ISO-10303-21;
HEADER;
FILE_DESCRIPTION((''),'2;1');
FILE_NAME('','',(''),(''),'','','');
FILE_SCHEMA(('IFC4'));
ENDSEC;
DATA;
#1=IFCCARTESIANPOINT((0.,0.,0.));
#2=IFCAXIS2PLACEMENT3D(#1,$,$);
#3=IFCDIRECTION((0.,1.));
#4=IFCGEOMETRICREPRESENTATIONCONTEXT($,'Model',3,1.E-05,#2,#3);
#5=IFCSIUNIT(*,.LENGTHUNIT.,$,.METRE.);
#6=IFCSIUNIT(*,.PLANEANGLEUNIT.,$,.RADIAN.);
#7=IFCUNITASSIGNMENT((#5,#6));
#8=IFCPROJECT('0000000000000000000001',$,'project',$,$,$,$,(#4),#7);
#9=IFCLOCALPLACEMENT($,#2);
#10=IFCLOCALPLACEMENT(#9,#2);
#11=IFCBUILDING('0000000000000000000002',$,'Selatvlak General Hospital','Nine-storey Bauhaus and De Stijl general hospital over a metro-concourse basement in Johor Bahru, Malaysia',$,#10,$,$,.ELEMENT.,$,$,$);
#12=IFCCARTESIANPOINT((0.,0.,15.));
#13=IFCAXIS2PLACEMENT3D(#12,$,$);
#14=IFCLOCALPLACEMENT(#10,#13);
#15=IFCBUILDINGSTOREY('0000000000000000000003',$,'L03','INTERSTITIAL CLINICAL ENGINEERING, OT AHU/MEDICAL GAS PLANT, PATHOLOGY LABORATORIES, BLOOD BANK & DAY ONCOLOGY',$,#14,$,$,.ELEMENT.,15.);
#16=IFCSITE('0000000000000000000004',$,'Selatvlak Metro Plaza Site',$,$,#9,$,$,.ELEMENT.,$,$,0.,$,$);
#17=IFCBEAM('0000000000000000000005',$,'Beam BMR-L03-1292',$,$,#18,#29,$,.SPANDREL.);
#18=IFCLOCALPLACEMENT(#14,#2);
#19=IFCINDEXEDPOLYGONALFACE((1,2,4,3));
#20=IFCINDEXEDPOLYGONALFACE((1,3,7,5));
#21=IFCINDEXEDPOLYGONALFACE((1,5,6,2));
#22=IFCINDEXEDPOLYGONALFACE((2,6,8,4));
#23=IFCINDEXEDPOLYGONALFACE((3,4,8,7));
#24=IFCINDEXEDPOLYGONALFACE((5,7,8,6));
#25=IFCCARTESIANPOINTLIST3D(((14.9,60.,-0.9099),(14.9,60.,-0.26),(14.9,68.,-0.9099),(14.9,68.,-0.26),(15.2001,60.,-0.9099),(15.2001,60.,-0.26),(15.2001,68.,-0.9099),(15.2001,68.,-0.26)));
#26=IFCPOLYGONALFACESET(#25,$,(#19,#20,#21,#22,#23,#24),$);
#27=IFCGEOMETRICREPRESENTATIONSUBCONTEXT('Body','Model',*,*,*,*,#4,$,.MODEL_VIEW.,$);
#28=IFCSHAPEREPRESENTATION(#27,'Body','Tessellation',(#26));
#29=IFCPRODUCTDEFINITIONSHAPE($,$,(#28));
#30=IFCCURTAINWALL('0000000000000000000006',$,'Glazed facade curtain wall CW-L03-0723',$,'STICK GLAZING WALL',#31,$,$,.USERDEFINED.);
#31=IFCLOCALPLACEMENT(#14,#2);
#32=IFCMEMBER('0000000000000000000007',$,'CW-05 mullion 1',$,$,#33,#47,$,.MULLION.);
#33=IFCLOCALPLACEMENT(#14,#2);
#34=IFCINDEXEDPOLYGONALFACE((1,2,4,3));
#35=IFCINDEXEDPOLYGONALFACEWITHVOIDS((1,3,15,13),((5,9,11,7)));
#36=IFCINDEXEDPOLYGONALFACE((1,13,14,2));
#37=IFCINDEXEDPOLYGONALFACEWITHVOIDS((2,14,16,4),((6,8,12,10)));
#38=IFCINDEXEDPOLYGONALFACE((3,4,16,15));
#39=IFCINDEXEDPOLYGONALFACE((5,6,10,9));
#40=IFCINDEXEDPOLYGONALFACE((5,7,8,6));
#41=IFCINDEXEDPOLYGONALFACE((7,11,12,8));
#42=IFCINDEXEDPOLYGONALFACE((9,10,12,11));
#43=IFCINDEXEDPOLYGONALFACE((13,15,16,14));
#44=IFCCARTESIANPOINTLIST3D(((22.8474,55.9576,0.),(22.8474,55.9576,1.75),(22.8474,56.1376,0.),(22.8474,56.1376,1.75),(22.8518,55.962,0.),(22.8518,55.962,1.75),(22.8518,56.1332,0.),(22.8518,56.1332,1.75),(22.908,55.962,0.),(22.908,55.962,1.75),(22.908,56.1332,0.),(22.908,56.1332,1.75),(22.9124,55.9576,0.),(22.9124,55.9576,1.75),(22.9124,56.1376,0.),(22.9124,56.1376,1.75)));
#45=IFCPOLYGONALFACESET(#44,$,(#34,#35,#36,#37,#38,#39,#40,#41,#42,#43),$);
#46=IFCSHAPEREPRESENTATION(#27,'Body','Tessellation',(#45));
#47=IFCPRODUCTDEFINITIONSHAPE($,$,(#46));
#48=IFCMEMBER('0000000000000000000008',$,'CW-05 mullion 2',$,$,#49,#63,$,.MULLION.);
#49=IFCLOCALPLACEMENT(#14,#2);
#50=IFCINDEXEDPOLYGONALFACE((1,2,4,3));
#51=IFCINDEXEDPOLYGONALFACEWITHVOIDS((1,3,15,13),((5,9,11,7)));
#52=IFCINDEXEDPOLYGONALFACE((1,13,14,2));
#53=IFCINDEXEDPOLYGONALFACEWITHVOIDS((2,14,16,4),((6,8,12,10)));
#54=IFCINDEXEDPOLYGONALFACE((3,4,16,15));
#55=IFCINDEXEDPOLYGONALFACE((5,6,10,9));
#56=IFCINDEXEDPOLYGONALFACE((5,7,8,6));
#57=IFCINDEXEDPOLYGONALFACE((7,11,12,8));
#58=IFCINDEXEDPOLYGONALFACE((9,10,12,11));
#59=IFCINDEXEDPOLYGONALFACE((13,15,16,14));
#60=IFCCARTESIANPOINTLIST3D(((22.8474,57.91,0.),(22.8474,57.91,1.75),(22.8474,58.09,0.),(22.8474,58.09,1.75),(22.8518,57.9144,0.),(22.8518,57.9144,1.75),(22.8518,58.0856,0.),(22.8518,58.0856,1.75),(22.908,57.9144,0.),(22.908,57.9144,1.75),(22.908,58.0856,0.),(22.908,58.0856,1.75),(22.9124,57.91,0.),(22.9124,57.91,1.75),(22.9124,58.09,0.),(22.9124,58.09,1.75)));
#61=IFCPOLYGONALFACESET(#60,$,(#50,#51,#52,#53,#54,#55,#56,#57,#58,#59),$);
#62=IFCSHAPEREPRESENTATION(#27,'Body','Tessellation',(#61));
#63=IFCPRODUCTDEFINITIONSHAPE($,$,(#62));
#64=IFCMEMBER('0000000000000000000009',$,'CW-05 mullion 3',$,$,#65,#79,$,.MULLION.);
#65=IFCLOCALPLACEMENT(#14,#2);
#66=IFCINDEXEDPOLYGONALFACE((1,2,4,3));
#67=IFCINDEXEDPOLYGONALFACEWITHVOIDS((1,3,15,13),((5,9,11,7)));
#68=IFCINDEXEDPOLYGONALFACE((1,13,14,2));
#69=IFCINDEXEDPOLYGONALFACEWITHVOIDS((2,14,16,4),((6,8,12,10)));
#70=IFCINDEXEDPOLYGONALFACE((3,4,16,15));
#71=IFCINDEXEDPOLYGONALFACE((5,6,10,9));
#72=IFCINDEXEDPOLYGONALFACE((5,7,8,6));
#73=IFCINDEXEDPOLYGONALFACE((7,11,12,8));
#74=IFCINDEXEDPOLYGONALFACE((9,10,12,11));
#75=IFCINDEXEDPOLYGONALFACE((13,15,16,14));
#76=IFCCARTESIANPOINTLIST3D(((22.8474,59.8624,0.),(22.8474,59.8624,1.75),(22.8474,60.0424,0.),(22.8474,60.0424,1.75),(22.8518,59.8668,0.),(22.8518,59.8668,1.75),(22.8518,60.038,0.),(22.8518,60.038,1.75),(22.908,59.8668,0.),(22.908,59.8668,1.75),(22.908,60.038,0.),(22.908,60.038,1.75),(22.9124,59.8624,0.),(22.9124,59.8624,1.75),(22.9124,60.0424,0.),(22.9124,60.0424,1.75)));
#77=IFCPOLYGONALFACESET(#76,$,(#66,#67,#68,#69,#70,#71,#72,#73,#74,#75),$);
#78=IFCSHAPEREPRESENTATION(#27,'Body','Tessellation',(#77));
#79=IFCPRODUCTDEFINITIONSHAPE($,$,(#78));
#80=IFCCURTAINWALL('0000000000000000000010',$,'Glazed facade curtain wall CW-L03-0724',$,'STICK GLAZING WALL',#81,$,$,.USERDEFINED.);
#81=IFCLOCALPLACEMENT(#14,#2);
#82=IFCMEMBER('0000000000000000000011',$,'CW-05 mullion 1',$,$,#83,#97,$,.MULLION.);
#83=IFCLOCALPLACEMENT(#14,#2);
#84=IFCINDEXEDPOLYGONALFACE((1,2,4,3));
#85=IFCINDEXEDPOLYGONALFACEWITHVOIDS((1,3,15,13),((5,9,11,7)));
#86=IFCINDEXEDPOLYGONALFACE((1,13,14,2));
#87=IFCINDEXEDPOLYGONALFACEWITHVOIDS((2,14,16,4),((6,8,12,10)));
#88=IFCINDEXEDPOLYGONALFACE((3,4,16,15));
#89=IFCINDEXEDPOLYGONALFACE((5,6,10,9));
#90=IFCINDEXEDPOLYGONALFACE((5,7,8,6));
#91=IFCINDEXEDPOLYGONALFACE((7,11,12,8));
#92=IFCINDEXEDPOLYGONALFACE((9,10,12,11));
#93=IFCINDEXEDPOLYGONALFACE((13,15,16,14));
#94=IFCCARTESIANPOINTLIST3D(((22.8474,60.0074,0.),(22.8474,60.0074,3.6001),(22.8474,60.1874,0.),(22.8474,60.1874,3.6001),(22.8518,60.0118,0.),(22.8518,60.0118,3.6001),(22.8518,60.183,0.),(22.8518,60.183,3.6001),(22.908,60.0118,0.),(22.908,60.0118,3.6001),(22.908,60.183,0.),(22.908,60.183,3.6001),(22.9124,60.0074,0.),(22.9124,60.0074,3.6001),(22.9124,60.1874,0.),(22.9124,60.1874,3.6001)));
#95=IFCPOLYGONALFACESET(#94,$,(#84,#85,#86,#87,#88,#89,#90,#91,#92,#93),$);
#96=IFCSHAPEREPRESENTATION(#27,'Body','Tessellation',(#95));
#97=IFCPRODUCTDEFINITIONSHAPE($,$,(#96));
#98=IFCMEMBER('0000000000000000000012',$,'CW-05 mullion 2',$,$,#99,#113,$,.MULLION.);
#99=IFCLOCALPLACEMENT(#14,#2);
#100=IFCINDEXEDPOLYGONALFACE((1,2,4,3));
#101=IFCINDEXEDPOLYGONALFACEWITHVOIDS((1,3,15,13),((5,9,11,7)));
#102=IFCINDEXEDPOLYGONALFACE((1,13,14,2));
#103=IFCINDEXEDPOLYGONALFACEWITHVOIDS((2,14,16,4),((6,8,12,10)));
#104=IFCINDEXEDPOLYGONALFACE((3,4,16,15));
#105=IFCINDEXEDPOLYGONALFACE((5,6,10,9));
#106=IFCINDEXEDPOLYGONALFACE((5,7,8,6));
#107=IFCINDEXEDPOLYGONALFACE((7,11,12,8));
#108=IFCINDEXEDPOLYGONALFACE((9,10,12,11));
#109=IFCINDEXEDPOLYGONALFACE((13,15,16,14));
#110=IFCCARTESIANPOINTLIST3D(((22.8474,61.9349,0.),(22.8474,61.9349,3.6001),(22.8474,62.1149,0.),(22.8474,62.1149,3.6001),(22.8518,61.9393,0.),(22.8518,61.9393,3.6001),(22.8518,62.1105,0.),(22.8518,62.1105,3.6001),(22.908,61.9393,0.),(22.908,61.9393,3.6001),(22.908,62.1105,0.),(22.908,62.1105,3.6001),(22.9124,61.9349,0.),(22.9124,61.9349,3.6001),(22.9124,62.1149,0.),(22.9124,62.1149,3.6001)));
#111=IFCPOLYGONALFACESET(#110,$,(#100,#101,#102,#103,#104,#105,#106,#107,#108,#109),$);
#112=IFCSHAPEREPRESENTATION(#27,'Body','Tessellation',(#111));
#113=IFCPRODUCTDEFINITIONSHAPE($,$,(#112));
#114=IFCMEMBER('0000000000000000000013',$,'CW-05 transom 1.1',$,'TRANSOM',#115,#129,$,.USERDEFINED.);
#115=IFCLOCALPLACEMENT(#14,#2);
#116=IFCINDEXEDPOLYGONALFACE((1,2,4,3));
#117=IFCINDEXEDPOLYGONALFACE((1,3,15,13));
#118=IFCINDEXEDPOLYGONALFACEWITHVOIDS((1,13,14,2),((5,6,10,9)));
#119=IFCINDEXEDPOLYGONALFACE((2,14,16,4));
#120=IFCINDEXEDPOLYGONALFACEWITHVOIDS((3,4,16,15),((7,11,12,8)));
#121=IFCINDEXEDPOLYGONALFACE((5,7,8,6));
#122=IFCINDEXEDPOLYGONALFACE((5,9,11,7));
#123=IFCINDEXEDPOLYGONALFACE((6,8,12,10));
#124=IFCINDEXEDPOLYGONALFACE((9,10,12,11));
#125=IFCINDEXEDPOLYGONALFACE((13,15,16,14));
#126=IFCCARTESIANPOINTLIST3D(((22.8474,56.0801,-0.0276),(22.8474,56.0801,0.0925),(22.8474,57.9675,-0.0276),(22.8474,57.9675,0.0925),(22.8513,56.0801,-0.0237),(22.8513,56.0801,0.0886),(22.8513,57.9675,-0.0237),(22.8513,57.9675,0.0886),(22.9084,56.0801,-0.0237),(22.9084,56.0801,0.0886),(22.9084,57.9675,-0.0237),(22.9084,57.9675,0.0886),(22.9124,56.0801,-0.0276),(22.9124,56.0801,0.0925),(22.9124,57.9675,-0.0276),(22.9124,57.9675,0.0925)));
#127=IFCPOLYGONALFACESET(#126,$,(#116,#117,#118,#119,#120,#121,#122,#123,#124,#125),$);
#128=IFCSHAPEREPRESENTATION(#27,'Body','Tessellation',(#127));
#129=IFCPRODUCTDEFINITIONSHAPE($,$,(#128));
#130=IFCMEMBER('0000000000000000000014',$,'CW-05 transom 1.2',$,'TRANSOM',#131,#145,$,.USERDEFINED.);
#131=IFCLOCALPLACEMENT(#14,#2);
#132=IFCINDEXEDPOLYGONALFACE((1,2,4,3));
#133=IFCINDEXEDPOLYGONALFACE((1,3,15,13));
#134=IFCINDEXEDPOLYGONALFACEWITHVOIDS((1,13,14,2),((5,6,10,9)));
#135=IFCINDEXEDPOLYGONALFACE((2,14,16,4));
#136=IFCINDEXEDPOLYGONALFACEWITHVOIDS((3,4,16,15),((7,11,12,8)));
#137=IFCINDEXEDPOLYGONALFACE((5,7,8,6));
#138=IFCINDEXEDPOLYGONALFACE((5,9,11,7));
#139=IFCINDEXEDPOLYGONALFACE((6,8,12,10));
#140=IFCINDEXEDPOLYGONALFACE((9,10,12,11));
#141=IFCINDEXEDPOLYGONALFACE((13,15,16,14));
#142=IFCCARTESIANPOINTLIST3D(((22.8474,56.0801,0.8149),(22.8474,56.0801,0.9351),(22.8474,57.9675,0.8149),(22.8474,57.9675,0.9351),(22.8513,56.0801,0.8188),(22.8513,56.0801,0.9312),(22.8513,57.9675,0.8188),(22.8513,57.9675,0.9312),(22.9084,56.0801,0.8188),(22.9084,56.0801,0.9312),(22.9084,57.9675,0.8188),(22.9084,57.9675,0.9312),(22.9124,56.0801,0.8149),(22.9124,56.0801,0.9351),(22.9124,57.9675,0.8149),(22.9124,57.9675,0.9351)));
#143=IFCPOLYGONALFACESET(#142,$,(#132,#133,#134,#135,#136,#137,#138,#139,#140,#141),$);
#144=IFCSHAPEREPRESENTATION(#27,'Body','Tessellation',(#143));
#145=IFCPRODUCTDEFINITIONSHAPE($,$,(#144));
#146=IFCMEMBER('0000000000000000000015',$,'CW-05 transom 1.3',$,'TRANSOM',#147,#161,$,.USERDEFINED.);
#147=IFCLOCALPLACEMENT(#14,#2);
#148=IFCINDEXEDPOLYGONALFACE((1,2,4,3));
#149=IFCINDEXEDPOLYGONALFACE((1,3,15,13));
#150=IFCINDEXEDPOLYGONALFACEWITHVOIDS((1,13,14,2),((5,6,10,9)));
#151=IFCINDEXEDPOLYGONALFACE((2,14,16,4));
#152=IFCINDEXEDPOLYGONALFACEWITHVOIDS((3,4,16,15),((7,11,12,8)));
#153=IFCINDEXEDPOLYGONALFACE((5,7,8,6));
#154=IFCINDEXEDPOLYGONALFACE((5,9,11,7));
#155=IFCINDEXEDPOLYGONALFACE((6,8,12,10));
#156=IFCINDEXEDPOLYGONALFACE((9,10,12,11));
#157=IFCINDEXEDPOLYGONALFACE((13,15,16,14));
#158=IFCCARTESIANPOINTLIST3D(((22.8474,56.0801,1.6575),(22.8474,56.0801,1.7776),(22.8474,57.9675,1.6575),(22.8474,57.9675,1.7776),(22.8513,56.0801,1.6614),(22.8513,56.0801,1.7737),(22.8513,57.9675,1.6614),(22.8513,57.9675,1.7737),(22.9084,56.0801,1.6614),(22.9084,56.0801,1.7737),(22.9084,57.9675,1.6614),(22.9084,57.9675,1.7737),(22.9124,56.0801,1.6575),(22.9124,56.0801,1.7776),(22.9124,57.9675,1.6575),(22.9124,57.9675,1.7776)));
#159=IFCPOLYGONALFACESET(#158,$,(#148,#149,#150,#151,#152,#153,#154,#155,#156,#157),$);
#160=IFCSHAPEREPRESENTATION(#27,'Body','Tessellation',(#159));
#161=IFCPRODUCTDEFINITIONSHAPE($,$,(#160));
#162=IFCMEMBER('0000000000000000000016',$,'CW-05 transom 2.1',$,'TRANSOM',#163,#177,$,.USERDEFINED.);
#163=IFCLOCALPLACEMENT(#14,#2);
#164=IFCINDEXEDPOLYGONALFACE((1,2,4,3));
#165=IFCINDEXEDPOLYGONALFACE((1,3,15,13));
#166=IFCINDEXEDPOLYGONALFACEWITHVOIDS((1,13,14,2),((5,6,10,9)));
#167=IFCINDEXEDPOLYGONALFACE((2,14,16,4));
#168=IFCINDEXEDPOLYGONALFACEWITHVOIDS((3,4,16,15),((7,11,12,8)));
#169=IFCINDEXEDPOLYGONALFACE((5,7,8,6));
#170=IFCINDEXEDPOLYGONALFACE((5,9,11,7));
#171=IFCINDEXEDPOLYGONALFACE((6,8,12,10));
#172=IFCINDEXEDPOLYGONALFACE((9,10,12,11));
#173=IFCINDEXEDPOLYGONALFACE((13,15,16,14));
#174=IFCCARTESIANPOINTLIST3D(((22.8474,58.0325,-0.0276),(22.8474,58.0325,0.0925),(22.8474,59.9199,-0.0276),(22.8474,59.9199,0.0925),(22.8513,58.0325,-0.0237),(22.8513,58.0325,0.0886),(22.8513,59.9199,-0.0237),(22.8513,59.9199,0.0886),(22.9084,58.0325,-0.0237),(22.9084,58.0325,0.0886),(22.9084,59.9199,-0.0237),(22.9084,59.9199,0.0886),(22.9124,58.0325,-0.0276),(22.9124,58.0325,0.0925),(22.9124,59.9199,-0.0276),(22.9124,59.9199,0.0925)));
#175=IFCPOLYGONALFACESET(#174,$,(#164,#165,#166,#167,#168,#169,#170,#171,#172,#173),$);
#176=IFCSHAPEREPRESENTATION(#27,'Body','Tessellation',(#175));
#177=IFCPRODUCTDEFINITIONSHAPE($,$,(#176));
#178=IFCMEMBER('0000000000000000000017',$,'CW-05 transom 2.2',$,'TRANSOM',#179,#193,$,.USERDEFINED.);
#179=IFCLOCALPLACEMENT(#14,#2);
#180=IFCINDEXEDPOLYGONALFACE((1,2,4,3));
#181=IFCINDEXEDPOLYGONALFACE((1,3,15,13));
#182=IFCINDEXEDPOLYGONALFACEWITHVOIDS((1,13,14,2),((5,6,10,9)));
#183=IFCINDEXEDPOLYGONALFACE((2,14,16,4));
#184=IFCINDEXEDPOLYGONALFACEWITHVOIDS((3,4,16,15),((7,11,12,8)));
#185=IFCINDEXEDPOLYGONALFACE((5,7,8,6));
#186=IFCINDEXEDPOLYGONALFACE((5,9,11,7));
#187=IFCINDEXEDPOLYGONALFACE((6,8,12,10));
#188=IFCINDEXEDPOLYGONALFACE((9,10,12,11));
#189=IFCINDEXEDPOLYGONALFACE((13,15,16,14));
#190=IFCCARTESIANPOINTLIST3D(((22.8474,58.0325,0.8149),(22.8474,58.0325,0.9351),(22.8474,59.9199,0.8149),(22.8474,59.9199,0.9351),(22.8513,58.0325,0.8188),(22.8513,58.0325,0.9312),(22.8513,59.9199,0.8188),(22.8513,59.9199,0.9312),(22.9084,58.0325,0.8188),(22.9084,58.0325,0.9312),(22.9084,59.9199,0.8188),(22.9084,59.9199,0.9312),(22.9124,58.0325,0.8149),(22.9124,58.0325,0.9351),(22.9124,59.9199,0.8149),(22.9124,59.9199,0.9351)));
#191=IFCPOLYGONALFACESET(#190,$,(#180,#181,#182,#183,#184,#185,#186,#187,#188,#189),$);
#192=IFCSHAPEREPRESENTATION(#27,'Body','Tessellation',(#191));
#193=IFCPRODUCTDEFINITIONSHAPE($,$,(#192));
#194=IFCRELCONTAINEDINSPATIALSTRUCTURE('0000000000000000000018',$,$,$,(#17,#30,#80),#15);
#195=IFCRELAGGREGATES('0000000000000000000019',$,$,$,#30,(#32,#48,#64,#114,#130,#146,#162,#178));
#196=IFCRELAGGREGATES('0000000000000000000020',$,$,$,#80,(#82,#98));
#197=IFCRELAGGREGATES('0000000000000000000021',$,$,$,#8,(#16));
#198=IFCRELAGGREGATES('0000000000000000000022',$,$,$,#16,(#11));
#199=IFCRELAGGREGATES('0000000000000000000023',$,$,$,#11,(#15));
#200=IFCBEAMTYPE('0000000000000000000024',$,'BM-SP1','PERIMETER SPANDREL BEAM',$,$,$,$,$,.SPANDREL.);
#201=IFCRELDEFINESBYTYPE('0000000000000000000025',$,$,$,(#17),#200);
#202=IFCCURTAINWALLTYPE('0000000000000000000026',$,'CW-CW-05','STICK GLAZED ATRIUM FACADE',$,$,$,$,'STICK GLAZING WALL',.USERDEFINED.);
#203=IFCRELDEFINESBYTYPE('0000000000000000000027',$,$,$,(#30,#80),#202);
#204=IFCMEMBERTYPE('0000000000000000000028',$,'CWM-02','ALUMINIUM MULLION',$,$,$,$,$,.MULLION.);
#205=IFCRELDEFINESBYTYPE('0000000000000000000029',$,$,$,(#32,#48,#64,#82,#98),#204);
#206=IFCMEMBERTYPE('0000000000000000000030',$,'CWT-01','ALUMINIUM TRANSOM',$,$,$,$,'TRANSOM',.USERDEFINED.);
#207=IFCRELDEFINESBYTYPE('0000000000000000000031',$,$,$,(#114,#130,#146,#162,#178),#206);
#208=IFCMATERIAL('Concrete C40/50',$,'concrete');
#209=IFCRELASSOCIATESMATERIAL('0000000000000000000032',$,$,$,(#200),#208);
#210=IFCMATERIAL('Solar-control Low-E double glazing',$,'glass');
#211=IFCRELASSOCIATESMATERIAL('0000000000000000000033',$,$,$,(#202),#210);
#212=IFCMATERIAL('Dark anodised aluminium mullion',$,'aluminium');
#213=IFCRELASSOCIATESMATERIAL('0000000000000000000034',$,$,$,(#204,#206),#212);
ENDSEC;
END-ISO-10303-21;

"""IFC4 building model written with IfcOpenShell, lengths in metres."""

from ifc_helpers import new_model, si_unit, direction, frame, origin, origin_2d, place, context, subcontext, project, spatial, rectangle, hollow_rectangle, extrude, material, material_profile, profile_set, type_object, element, aggregate, save


model = new_model("IFC4")

# Units and contexts
model_context = context("Model", 3, precision=1e-05, world=origin(), true_north=direction((0.0, 1.0)))
body_context = subcontext(model_context, "Body", "Model", "MODEL_VIEW")
ifc_project = project(units=[si_unit("LENGTHUNIT", "METRE"), si_unit("PLANEANGLEUNIT", "RADIAN")], contexts=[model_context])

# Site, building, storey
site_placement = place(None, origin())
site = spatial("IfcSite", under=ifc_project, at=site_placement, Name="Selatvlak Metro Plaza Site", CompositionType="ELEMENT", RefElevation=0.0)
building_placement = place(site_placement, origin())
building = spatial("IfcBuilding", under=site, at=building_placement, Name="Selatvlak General Hospital", Description="Nine-storey Bauhaus and De Stijl general hospital over a metro-concourse basement in Johor Bahru, Malaysia", CompositionType="ELEMENT")
storey_placement = place(building_placement, frame((0.0, 0.0, 15.0)))
storey = spatial("IfcBuildingStorey", under=building, at=storey_placement, Name="L03", Description="INTERSTITIAL CLINICAL ENGINEERING, OT AHU/MEDICAL GAS PLANT, PATHOLOGY LABORATORIES, BLOOD BANK & DAY ONCOLOGY", CompositionType="ELEMENT", Elevation=15.0)

# Beam
ifc_material_1 = material(Name="Concrete C40/50", Category="concrete")
ifc_material_profile_1 = material_profile(ifc_material_1, rectangle(XDim=0.3, YDim=0.6499, at=origin_2d()), Name="RC-SP 300x650")
ifc_profile_set_1 = profile_set([ifc_material_profile_1], Name="Concrete C40/50")
beam_type = type_object("IfcBeamType", Name="BM-SP1", Description="PERIMETER SPANDREL BEAM", PredefinedType="SPANDREL", material=ifc_profile_set_1)
beam_placement = place(storey_placement, frame((15.05, 60.0, -0.585), z_axis=(0.0, 1.0, 0.0), x_axis=(-1.0, 0.0, 0.0)))
element("IfcBeam", 1, at=beam_placement, inside=storey, type_object=beam_type, Name="Beam BMR-L03-1292", PredefinedType="SPANDREL", context=body_context, shape_type="SweptSolid", body=[
    extrude(rectangle(XDim=0.3, YDim=0.6499, at=origin_2d()), origin(), (0.0, 0.0, 1.0), 8.0),
])

# Curtain walls, members
ifc_material_2 = material(Name="Solar-control Low-E double glazing", Category="glass")
curtain_wall_type = type_object("IfcCurtainWallType", Name="CW-CW-05", Description="STICK GLAZED ATRIUM FACADE", ElementType="STICK GLAZING WALL", PredefinedType="USERDEFINED", material=ifc_material_2)
curtain_wall_1_placement = place(storey_placement, origin())
curtain_wall_1 = element("IfcCurtainWall", 2, at=curtain_wall_1_placement, inside=storey, type_object=curtain_wall_type, Name="Glazed facade curtain wall CW-L03-0723", ObjectType="STICK GLAZING WALL", PredefinedType="USERDEFINED")
ifc_material_3 = material(Name="Dark anodised aluminium mullion", Category="aluminium")
ifc_material_profile_2 = material_profile(ifc_material_3, hollow_rectangle(XDim=0.0649, YDim=0.1799, WallThickness=0.0044, at=origin_2d()), Name="AL-MUL 65x180x4.5")
ifc_profile_set_2 = profile_set([ifc_material_profile_2], Name="Dark anodised aluminium mullion")
member_type_1 = type_object("IfcMemberType", Name="CWM-02", Description="ALUMINIUM MULLION", PredefinedType="MULLION", material=ifc_profile_set_2)
member_1_placement = place(storey_placement, frame((22.8799, 56.0476, 0.0), z_axis=(0.0, 0.0, 1.0), x_axis=(-1.0, 0.0, 0.0)))
member_1 = element("IfcMember", 3, at=member_1_placement, type_object=member_type_1, Name="CW-05 mullion 1", PredefinedType="MULLION", context=body_context, shape_type="SweptSolid", body=[
    extrude(hollow_rectangle(XDim=0.0649, YDim=0.1799, WallThickness=0.0044, at=origin_2d()), origin(), (0.0, 0.0, 1.0), 1.75),
])
member_2_placement = place(storey_placement, frame((22.8799, 58.0, 0.0), z_axis=(0.0, 0.0, 1.0), x_axis=(-1.0, 0.0, 0.0)))
member_2 = element("IfcMember", 4, at=member_2_placement, type_object=member_type_1, Name="CW-05 mullion 2", PredefinedType="MULLION", context=body_context, shape_type="SweptSolid", body=[
    extrude(hollow_rectangle(XDim=0.0649, YDim=0.1799, WallThickness=0.0044, at=origin_2d()), origin(), (0.0, 0.0, 1.0), 1.75),
])
member_3_placement = place(storey_placement, frame((22.8799, 59.9524, 0.0), z_axis=(0.0, 0.0, 1.0), x_axis=(-1.0, 0.0, 0.0)))
member_3 = element("IfcMember", 5, at=member_3_placement, type_object=member_type_1, Name="CW-05 mullion 3", PredefinedType="MULLION", context=body_context, shape_type="SweptSolid", body=[
    extrude(hollow_rectangle(XDim=0.0649, YDim=0.1799, WallThickness=0.0044, at=origin_2d()), origin(), (0.0, 0.0, 1.0), 1.75),
])
curtain_wall_2_placement = place(storey_placement, origin())
curtain_wall_2 = element("IfcCurtainWall", 6, at=curtain_wall_2_placement, inside=storey, type_object=curtain_wall_type, Name="Glazed facade curtain wall CW-L03-0724", ObjectType="STICK GLAZING WALL", PredefinedType="USERDEFINED")
member_4_placement = place(storey_placement, frame((22.8799, 60.0974, 0.0), z_axis=(0.0, 0.0, 1.0), x_axis=(-1.0, 0.0, 0.0)))
member_4 = element("IfcMember", 7, at=member_4_placement, type_object=member_type_1, Name="CW-05 mullion 1", PredefinedType="MULLION", context=body_context, shape_type="SweptSolid", body=[
    extrude(hollow_rectangle(XDim=0.0649, YDim=0.1799, WallThickness=0.0044, at=origin_2d()), origin(), (0.0, 0.0, 1.0), 3.6001),
])
member_5_placement = place(storey_placement, frame((22.8799, 62.0249, 0.0), z_axis=(0.0, 0.0, 1.0), x_axis=(-1.0, 0.0, 0.0)))
member_5 = element("IfcMember", 8, at=member_5_placement, type_object=member_type_1, Name="CW-05 mullion 2", PredefinedType="MULLION", context=body_context, shape_type="SweptSolid", body=[
    extrude(hollow_rectangle(XDim=0.0649, YDim=0.1799, WallThickness=0.0044, at=origin_2d()), origin(), (0.0, 0.0, 1.0), 3.6001),
])

# Members
ifc_material_profile_3 = material_profile(ifc_material_3, hollow_rectangle(XDim=0.0649, YDim=0.1201, WallThickness=0.0039, at=origin_2d()), Name="AL-TRN 65x120x4")
ifc_profile_set_3 = profile_set([ifc_material_profile_3], Name="Dark anodised aluminium mullion")
member_type_2 = type_object("IfcMemberType", Name="CWT-01", Description="ALUMINIUM TRANSOM", ElementType="TRANSOM", PredefinedType="USERDEFINED", material=ifc_profile_set_3)
member_6_placement = place(storey_placement, frame((22.8799, 56.0801, 0.0325), z_axis=(0.0, 1.0, 0.0), x_axis=(-1.0, 0.0, 0.0)))
member_6 = element("IfcMember", 9, at=member_6_placement, type_object=member_type_2, Name="CW-05 transom 1.1", ObjectType="TRANSOM", PredefinedType="USERDEFINED", context=body_context, shape_type="SweptSolid", body=[
    extrude(hollow_rectangle(XDim=0.0649, YDim=0.1201, WallThickness=0.0039, at=origin_2d()), origin(), (0.0, 0.0, 1.0), 1.8875),
])
member_7_placement = place(storey_placement, frame((22.8799, 56.0801, 0.875), z_axis=(0.0, 1.0, 0.0), x_axis=(-1.0, 0.0, 0.0)))
member_7 = element("IfcMember", 10, at=member_7_placement, type_object=member_type_2, Name="CW-05 transom 1.2", ObjectType="TRANSOM", PredefinedType="USERDEFINED", context=body_context, shape_type="SweptSolid", body=[
    extrude(hollow_rectangle(XDim=0.0649, YDim=0.1201, WallThickness=0.0039, at=origin_2d()), origin(), (0.0, 0.0, 1.0), 1.8875),
])
member_8_placement = place(storey_placement, frame((22.8799, 56.0801, 1.7175), z_axis=(0.0, 1.0, 0.0), x_axis=(-1.0, 0.0, 0.0)))
member_8 = element("IfcMember", 11, at=member_8_placement, type_object=member_type_2, Name="CW-05 transom 1.3", ObjectType="TRANSOM", PredefinedType="USERDEFINED", context=body_context, shape_type="SweptSolid", body=[
    extrude(hollow_rectangle(XDim=0.0649, YDim=0.1201, WallThickness=0.0039, at=origin_2d()), origin(), (0.0, 0.0, 1.0), 1.8875),
])
member_9_placement = place(storey_placement, frame((22.8799, 58.0325, 0.0325), z_axis=(0.0, 1.0, 0.0), x_axis=(-1.0, 0.0, 0.0)))
member_9 = element("IfcMember", 12, at=member_9_placement, type_object=member_type_2, Name="CW-05 transom 2.1", ObjectType="TRANSOM", PredefinedType="USERDEFINED", context=body_context, shape_type="SweptSolid", body=[
    extrude(hollow_rectangle(XDim=0.0649, YDim=0.1201, WallThickness=0.0039, at=origin_2d()), origin(), (0.0, 0.0, 1.0), 1.8875),
])
member_10_placement = place(storey_placement, frame((22.8799, 58.0325, 0.875), z_axis=(0.0, 1.0, 0.0), x_axis=(-1.0, 0.0, 0.0)))
member_10 = element("IfcMember", 13, at=member_10_placement, type_object=member_type_2, Name="CW-05 transom 2.2", ObjectType="TRANSOM", PredefinedType="USERDEFINED", context=body_context, shape_type="SweptSolid", body=[
    extrude(hollow_rectangle(XDim=0.0649, YDim=0.1201, WallThickness=0.0039, at=origin_2d()), origin(), (0.0, 0.0, 1.0), 1.8875),
])

aggregate(curtain_wall_1, [member_1, member_2, member_3, member_6, member_7, member_8, member_9, member_10])
aggregate(curtain_wall_2, [member_4, member_5])

save(model, "model.ifc")
